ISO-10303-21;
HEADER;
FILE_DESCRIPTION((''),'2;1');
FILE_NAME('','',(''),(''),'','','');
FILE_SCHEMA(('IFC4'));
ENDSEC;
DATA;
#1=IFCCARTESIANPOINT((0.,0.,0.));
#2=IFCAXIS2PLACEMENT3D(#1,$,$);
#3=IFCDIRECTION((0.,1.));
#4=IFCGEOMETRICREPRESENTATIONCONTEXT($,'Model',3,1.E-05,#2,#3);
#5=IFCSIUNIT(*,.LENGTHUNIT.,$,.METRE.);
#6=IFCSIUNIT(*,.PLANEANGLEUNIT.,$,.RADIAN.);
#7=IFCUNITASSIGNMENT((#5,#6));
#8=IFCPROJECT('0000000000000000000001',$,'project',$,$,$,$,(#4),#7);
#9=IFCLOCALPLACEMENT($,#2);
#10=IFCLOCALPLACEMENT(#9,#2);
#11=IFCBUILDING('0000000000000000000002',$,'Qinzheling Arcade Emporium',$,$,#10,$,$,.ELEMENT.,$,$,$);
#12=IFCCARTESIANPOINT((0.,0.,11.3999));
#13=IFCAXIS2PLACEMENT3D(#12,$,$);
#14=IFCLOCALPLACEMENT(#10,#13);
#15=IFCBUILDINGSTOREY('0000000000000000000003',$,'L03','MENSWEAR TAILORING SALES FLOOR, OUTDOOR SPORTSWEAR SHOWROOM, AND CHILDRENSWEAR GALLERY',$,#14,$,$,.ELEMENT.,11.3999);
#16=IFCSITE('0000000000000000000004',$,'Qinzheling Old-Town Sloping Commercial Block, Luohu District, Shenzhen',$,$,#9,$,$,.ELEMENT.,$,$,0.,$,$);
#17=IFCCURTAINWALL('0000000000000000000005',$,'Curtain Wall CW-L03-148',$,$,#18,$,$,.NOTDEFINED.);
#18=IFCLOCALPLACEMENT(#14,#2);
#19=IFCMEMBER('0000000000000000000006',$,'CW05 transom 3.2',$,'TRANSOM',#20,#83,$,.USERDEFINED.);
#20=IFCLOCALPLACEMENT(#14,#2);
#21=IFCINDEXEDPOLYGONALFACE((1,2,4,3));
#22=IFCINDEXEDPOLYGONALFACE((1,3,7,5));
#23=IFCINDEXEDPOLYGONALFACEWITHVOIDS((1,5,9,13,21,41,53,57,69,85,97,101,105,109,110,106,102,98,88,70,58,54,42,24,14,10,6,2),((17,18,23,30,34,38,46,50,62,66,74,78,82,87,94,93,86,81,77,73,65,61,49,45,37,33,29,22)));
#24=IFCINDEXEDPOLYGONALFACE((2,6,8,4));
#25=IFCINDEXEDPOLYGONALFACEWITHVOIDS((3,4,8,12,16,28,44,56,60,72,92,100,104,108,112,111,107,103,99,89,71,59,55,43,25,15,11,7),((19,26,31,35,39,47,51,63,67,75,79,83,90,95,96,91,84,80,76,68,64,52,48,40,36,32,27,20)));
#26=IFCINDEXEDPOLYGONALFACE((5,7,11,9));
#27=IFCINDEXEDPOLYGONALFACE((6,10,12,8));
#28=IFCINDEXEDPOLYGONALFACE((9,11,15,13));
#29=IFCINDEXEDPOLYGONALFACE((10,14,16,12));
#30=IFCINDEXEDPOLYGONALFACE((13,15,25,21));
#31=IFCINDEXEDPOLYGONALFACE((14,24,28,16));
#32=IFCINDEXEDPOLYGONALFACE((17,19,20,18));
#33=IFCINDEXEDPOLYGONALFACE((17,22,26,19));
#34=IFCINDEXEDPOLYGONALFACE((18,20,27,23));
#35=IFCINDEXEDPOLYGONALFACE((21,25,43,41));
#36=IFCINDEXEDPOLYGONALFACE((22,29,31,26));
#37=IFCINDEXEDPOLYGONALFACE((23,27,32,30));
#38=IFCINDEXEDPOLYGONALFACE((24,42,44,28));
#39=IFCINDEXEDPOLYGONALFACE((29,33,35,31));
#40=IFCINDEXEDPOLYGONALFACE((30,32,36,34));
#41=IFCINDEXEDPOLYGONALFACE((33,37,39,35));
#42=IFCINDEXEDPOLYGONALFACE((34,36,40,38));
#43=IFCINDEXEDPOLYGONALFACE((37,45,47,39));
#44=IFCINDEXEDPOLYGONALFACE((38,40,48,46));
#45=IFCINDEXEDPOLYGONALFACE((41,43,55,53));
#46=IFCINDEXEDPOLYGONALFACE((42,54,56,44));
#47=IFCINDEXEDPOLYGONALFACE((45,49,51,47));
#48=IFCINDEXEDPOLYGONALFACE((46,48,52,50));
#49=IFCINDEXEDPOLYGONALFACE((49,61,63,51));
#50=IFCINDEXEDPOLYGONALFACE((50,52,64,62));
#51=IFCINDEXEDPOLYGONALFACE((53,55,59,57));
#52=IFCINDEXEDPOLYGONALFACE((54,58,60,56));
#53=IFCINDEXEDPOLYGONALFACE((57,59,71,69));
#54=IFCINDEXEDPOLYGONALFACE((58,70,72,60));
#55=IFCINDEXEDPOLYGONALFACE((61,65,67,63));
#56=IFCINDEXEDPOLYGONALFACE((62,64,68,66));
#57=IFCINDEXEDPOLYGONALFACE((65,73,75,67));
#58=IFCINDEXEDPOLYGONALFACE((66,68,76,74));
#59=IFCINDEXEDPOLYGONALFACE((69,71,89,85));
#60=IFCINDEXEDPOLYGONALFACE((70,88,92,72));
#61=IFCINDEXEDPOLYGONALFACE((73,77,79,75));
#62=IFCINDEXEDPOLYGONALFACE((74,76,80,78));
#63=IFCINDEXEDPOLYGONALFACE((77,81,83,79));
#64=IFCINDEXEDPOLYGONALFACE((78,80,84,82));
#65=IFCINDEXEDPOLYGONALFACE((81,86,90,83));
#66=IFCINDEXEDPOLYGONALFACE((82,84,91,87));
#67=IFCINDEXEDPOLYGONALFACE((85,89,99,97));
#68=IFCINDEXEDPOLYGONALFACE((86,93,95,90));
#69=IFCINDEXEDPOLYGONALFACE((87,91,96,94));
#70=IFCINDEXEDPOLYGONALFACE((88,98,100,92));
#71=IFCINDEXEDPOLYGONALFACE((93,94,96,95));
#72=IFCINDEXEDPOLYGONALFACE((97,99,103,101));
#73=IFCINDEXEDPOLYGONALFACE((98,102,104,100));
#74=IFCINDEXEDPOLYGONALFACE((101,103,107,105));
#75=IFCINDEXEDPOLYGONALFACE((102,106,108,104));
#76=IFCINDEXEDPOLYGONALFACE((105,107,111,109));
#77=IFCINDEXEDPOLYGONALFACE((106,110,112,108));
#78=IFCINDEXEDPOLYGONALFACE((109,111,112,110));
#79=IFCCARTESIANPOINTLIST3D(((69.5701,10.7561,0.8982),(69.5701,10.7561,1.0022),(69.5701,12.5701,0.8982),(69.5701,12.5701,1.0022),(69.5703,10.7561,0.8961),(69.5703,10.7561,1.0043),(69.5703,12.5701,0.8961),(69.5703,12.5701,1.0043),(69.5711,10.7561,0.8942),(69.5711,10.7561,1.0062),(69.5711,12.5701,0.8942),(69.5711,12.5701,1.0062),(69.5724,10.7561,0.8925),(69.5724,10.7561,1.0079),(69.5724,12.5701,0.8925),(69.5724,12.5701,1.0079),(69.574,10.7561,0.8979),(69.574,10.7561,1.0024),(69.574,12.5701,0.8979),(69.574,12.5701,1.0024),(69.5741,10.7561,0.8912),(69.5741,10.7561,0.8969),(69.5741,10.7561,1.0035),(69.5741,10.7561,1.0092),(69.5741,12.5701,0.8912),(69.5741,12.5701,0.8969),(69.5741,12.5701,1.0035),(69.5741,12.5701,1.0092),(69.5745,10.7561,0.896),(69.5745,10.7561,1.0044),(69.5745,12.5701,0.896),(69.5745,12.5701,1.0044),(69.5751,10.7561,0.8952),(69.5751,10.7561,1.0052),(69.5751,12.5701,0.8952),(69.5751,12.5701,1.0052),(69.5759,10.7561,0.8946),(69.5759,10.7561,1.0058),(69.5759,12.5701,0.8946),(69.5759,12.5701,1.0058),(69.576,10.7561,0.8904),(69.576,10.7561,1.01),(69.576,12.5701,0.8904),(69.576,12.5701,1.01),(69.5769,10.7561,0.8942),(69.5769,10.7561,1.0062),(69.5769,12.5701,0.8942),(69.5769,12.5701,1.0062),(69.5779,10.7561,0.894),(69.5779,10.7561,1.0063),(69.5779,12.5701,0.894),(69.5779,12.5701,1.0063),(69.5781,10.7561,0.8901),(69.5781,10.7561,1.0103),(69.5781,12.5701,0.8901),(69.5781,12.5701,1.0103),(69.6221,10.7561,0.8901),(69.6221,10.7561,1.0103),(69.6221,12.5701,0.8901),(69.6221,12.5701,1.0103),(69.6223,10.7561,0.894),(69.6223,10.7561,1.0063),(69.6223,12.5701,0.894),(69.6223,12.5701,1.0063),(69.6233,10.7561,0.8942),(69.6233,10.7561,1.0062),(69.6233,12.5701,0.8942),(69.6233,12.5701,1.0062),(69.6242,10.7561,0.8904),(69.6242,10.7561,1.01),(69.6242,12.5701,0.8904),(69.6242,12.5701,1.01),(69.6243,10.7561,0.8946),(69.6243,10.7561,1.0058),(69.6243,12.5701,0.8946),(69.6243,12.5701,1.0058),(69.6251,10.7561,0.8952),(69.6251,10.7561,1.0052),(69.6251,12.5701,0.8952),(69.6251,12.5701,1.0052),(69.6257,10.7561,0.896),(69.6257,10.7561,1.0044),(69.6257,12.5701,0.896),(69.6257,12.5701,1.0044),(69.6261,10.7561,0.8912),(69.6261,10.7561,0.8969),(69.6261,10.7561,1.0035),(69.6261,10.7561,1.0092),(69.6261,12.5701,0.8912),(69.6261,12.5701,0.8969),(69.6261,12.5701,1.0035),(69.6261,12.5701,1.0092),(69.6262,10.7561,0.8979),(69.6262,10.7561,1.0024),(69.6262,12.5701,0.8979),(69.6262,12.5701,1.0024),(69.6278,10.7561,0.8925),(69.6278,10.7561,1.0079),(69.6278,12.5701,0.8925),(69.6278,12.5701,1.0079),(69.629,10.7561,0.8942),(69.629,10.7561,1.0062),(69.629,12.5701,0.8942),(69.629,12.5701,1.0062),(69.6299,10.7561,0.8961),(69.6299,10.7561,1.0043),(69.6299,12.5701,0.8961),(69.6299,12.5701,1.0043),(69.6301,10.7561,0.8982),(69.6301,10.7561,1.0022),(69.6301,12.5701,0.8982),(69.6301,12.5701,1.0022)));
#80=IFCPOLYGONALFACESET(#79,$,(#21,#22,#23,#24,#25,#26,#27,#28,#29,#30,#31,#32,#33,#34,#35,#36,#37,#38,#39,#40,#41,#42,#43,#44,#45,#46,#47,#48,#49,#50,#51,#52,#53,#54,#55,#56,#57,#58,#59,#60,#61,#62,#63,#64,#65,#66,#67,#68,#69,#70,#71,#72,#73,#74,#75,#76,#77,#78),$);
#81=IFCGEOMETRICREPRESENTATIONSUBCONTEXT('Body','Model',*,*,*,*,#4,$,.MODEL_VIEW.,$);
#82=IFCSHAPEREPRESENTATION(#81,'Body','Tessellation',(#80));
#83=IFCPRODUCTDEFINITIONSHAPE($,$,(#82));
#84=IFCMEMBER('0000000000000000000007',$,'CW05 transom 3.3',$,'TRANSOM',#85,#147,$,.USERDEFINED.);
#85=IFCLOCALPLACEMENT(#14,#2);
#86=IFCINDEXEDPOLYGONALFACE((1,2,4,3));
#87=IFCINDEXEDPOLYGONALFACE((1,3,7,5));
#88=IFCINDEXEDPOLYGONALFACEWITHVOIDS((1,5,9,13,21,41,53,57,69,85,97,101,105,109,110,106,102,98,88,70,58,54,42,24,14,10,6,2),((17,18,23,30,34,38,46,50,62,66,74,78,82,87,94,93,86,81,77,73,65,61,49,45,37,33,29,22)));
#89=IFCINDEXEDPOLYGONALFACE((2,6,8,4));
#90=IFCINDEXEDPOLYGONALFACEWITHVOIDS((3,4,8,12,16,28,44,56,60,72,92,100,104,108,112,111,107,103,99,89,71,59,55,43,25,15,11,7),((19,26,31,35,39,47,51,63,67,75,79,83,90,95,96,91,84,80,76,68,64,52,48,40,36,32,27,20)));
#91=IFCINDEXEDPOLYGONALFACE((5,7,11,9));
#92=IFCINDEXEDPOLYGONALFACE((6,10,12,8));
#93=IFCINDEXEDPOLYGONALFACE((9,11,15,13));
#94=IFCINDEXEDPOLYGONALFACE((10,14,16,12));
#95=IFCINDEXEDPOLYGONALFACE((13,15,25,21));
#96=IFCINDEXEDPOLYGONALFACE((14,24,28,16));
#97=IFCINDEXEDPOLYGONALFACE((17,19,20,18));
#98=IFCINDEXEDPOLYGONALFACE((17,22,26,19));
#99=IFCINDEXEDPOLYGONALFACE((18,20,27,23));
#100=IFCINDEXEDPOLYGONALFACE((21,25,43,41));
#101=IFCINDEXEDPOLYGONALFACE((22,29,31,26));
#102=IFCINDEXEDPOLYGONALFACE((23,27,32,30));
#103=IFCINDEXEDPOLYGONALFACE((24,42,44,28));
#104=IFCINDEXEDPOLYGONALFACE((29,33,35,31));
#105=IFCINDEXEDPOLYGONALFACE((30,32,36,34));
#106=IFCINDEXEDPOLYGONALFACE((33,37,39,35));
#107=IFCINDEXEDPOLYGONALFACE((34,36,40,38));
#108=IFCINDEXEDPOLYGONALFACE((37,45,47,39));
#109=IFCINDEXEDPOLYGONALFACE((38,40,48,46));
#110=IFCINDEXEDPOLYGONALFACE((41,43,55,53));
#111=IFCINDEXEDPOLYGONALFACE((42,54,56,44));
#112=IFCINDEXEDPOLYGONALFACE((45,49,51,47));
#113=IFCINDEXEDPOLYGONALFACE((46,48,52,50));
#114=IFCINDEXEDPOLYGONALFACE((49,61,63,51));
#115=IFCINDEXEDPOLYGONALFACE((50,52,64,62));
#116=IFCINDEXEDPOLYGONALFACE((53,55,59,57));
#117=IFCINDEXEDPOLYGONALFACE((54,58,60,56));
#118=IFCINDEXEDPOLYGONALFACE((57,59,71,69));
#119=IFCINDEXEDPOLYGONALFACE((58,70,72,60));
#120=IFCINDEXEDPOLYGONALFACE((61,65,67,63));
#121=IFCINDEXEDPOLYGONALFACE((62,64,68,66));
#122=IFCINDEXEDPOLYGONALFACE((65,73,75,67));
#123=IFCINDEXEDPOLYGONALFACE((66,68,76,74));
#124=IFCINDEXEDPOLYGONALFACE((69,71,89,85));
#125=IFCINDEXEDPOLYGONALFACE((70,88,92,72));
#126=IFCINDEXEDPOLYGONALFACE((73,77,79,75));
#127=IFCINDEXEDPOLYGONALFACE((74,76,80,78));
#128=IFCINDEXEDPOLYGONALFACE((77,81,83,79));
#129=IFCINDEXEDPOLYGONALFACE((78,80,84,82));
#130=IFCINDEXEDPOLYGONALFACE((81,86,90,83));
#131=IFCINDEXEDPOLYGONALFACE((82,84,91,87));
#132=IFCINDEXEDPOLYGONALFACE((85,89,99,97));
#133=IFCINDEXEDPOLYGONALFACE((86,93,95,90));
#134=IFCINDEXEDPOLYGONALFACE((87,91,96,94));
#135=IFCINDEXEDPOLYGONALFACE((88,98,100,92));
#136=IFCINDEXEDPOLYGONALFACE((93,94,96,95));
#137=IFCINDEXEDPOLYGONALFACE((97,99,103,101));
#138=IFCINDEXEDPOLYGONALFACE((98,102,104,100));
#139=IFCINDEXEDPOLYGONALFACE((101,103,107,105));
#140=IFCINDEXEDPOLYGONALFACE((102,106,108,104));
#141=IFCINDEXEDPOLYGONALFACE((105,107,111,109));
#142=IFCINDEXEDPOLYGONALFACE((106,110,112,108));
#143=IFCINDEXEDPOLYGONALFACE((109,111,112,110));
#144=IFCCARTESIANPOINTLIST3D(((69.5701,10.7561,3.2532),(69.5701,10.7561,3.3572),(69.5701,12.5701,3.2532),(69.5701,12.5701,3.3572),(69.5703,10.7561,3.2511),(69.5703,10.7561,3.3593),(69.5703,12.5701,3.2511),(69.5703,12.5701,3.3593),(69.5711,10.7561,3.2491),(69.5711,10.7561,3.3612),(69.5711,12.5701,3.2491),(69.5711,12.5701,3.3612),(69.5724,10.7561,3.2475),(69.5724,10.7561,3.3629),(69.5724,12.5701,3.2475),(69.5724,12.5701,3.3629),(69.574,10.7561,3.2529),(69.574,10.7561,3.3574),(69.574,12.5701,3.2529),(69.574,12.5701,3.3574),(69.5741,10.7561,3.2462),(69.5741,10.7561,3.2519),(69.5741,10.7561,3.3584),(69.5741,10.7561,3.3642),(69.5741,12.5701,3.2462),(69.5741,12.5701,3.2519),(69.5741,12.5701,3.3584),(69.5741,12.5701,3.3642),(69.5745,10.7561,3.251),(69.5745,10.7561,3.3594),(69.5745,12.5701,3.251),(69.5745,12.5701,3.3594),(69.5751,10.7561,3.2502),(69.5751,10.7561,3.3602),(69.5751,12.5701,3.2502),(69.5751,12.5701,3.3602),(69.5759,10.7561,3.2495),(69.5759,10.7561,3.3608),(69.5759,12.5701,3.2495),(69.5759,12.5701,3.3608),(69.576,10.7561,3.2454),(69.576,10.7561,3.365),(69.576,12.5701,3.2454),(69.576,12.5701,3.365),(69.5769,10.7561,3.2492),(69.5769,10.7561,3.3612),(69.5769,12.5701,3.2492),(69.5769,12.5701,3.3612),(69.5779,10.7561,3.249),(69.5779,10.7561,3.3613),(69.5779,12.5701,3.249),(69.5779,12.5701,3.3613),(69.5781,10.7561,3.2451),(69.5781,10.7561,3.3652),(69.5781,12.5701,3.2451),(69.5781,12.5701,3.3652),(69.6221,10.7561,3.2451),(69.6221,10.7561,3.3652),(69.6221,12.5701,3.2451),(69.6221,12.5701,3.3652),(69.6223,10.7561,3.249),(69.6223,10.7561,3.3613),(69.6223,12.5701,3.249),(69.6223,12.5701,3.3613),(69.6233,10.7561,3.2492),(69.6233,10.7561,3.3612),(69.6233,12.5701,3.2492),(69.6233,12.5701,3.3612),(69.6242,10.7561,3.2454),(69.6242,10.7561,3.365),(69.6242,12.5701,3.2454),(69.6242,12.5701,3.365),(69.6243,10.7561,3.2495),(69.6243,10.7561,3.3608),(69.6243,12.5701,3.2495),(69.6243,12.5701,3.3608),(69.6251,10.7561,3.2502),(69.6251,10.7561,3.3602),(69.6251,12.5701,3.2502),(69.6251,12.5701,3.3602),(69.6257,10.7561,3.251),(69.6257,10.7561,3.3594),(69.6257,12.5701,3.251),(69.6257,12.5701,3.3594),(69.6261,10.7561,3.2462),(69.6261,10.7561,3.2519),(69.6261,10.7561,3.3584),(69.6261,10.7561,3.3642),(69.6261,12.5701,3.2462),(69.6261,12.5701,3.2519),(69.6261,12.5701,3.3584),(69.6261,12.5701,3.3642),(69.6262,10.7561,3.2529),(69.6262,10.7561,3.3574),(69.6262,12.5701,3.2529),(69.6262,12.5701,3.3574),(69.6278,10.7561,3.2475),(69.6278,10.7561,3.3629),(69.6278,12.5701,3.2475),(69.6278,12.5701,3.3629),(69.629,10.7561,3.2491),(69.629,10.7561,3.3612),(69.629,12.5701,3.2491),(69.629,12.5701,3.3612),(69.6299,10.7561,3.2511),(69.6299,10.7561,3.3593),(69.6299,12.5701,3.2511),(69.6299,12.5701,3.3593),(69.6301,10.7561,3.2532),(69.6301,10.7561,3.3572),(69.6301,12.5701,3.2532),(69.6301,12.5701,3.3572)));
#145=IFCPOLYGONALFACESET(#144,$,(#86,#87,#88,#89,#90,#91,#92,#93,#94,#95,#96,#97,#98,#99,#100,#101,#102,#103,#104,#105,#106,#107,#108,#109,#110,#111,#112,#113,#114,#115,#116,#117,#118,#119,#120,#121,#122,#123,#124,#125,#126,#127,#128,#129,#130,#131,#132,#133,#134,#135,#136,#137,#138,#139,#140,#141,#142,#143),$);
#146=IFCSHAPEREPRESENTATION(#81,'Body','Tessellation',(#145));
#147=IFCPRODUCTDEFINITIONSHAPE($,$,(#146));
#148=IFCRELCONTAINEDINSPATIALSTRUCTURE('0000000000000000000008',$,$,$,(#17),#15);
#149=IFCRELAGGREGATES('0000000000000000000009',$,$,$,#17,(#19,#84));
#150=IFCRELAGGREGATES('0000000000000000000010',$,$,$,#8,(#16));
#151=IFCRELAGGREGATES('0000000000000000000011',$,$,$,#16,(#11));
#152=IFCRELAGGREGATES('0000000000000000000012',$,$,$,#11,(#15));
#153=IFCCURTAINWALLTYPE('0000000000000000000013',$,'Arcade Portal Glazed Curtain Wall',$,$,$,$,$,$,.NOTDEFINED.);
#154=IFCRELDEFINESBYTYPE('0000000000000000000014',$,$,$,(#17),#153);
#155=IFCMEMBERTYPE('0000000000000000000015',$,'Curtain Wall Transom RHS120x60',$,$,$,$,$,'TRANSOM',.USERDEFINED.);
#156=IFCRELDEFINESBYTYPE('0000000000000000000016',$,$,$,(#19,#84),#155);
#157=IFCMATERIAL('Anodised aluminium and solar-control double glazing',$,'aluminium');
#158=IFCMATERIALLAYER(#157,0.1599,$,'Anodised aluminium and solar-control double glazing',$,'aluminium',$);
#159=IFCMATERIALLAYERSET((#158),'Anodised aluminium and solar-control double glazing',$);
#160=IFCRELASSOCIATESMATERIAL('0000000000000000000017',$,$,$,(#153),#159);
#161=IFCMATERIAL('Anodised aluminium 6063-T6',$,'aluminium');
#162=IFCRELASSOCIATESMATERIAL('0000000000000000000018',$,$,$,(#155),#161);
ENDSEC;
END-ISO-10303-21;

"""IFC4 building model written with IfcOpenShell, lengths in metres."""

from ifc_helpers import new_model, si_unit, direction, frame, origin, origin_2d, place, context, subcontext, project, spatial, hollow_rectangle, extrude, material, layer, layer_set, material_profile, profile_set, type_object, element, aggregate, save


model = new_model("IFC4")

# Units and contexts
model_context = context("Model", 3, precision=1e-05, world=origin(), true_north=direction((0.0, 1.0)))
body_context = subcontext(model_context, "Body", "Model", "MODEL_VIEW")
ifc_project = project(units=[si_unit("LENGTHUNIT", "METRE"), si_unit("PLANEANGLEUNIT", "RADIAN")], contexts=[model_context])

# Site, building, storey
site_placement = place(None, origin())
site = spatial("IfcSite", under=ifc_project, at=site_placement, Name="Qinzheling Old-Town Sloping Commercial Block, Luohu District, Shenzhen", CompositionType="ELEMENT", RefElevation=0.0)
building_placement = place(site_placement, origin())
building = spatial("IfcBuilding", under=site, at=building_placement, Name="Qinzheling Arcade Emporium", CompositionType="ELEMENT")
storey_placement = place(building_placement, frame((0.0, 0.0, 11.3999)))
storey = spatial("IfcBuildingStorey", under=building, at=storey_placement, Name="L03", Description="MENSWEAR TAILORING SALES FLOOR, OUTDOOR SPORTSWEAR SHOWROOM, AND CHILDRENSWEAR GALLERY", CompositionType="ELEMENT", Elevation=11.3999)

# Curtain wall
ifc_material_1 = material(Name="Anodised aluminium and solar-control double glazing", Category="aluminium")
ifc_layer_1 = layer(ifc_material_1, 0.1599, Name="Anodised aluminium and solar-control double glazing", Category="aluminium")
ifc_layer_set_1 = layer_set([ifc_layer_1], Name="Anodised aluminium and solar-control double glazing")
curtain_wall_type = type_object("IfcCurtainWallType", Name="Arcade Portal Glazed Curtain Wall", PredefinedType="NOTDEFINED", material=ifc_layer_set_1)
curtain_wall_1_placement = place(storey_placement, origin())
curtain_wall_1 = element("IfcCurtainWall", 1, at=curtain_wall_1_placement, inside=storey, type_object=curtain_wall_type, Name="Curtain Wall CW-L03-148", PredefinedType="NOTDEFINED")
ifc_material_2 = material(Name="Anodised aluminium 6063-T6", Category="aluminium")

# Members
ifc_material_profile_1 = material_profile(ifc_material_2, hollow_rectangle(XDim=0.0601, YDim=0.1201, WallThickness=0.0039, InnerFilletRadius=0.0039, OuterFilletRadius=0.0081, at=origin_2d()), Name="RHS 120x60x4", Category="aluminium")
ifc_profile_set_1 = profile_set([ifc_material_profile_1], Name="Anodised aluminium 6063-T6")
member_type_1 = type_object("IfcMemberType", Name="Curtain Wall Transom RHS120x60", ElementType="TRANSOM", PredefinedType="USERDEFINED", material=ifc_profile_set_1)
member_1_placement = place(storey_placement, frame((69.6001, 12.5701, 0.9502), z_axis=(0.0, -1.0, 0.0), x_axis=(1.0, 0.0, 0.0)))
member_1 = element("IfcMember", 2, at=member_1_placement, type_object=member_type_1, Name="CW05 transom 3.2", ObjectType="TRANSOM", PredefinedType="USERDEFINED", context=body_context, shape_type="SweptSolid", body=[
    extrude(hollow_rectangle(XDim=0.0601, YDim=0.1201, WallThickness=0.0039, InnerFilletRadius=0.0039, OuterFilletRadius=0.0081, at=origin_2d()), origin(), (0.0, 0.0, 1.0), 1.814),
])
member_2_placement = place(storey_placement, frame((69.6001, 12.5701, 3.3052), z_axis=(0.0, -1.0, 0.0), x_axis=(1.0, 0.0, 0.0)))
member_2 = element("IfcMember", 3, at=member_2_placement, type_object=member_type_1, Name="CW05 transom 3.3", ObjectType="TRANSOM", PredefinedType="USERDEFINED", context=body_context, shape_type="SweptSolid", body=[
    extrude(hollow_rectangle(XDim=0.0601, YDim=0.1201, WallThickness=0.0039, InnerFilletRadius=0.0039, OuterFilletRadius=0.0081, at=origin_2d()), origin(), (0.0, 0.0, 1.0), 1.814),
])

aggregate(curtain_wall_1, [member_1, member_2])

save(model, "model.ifc")
